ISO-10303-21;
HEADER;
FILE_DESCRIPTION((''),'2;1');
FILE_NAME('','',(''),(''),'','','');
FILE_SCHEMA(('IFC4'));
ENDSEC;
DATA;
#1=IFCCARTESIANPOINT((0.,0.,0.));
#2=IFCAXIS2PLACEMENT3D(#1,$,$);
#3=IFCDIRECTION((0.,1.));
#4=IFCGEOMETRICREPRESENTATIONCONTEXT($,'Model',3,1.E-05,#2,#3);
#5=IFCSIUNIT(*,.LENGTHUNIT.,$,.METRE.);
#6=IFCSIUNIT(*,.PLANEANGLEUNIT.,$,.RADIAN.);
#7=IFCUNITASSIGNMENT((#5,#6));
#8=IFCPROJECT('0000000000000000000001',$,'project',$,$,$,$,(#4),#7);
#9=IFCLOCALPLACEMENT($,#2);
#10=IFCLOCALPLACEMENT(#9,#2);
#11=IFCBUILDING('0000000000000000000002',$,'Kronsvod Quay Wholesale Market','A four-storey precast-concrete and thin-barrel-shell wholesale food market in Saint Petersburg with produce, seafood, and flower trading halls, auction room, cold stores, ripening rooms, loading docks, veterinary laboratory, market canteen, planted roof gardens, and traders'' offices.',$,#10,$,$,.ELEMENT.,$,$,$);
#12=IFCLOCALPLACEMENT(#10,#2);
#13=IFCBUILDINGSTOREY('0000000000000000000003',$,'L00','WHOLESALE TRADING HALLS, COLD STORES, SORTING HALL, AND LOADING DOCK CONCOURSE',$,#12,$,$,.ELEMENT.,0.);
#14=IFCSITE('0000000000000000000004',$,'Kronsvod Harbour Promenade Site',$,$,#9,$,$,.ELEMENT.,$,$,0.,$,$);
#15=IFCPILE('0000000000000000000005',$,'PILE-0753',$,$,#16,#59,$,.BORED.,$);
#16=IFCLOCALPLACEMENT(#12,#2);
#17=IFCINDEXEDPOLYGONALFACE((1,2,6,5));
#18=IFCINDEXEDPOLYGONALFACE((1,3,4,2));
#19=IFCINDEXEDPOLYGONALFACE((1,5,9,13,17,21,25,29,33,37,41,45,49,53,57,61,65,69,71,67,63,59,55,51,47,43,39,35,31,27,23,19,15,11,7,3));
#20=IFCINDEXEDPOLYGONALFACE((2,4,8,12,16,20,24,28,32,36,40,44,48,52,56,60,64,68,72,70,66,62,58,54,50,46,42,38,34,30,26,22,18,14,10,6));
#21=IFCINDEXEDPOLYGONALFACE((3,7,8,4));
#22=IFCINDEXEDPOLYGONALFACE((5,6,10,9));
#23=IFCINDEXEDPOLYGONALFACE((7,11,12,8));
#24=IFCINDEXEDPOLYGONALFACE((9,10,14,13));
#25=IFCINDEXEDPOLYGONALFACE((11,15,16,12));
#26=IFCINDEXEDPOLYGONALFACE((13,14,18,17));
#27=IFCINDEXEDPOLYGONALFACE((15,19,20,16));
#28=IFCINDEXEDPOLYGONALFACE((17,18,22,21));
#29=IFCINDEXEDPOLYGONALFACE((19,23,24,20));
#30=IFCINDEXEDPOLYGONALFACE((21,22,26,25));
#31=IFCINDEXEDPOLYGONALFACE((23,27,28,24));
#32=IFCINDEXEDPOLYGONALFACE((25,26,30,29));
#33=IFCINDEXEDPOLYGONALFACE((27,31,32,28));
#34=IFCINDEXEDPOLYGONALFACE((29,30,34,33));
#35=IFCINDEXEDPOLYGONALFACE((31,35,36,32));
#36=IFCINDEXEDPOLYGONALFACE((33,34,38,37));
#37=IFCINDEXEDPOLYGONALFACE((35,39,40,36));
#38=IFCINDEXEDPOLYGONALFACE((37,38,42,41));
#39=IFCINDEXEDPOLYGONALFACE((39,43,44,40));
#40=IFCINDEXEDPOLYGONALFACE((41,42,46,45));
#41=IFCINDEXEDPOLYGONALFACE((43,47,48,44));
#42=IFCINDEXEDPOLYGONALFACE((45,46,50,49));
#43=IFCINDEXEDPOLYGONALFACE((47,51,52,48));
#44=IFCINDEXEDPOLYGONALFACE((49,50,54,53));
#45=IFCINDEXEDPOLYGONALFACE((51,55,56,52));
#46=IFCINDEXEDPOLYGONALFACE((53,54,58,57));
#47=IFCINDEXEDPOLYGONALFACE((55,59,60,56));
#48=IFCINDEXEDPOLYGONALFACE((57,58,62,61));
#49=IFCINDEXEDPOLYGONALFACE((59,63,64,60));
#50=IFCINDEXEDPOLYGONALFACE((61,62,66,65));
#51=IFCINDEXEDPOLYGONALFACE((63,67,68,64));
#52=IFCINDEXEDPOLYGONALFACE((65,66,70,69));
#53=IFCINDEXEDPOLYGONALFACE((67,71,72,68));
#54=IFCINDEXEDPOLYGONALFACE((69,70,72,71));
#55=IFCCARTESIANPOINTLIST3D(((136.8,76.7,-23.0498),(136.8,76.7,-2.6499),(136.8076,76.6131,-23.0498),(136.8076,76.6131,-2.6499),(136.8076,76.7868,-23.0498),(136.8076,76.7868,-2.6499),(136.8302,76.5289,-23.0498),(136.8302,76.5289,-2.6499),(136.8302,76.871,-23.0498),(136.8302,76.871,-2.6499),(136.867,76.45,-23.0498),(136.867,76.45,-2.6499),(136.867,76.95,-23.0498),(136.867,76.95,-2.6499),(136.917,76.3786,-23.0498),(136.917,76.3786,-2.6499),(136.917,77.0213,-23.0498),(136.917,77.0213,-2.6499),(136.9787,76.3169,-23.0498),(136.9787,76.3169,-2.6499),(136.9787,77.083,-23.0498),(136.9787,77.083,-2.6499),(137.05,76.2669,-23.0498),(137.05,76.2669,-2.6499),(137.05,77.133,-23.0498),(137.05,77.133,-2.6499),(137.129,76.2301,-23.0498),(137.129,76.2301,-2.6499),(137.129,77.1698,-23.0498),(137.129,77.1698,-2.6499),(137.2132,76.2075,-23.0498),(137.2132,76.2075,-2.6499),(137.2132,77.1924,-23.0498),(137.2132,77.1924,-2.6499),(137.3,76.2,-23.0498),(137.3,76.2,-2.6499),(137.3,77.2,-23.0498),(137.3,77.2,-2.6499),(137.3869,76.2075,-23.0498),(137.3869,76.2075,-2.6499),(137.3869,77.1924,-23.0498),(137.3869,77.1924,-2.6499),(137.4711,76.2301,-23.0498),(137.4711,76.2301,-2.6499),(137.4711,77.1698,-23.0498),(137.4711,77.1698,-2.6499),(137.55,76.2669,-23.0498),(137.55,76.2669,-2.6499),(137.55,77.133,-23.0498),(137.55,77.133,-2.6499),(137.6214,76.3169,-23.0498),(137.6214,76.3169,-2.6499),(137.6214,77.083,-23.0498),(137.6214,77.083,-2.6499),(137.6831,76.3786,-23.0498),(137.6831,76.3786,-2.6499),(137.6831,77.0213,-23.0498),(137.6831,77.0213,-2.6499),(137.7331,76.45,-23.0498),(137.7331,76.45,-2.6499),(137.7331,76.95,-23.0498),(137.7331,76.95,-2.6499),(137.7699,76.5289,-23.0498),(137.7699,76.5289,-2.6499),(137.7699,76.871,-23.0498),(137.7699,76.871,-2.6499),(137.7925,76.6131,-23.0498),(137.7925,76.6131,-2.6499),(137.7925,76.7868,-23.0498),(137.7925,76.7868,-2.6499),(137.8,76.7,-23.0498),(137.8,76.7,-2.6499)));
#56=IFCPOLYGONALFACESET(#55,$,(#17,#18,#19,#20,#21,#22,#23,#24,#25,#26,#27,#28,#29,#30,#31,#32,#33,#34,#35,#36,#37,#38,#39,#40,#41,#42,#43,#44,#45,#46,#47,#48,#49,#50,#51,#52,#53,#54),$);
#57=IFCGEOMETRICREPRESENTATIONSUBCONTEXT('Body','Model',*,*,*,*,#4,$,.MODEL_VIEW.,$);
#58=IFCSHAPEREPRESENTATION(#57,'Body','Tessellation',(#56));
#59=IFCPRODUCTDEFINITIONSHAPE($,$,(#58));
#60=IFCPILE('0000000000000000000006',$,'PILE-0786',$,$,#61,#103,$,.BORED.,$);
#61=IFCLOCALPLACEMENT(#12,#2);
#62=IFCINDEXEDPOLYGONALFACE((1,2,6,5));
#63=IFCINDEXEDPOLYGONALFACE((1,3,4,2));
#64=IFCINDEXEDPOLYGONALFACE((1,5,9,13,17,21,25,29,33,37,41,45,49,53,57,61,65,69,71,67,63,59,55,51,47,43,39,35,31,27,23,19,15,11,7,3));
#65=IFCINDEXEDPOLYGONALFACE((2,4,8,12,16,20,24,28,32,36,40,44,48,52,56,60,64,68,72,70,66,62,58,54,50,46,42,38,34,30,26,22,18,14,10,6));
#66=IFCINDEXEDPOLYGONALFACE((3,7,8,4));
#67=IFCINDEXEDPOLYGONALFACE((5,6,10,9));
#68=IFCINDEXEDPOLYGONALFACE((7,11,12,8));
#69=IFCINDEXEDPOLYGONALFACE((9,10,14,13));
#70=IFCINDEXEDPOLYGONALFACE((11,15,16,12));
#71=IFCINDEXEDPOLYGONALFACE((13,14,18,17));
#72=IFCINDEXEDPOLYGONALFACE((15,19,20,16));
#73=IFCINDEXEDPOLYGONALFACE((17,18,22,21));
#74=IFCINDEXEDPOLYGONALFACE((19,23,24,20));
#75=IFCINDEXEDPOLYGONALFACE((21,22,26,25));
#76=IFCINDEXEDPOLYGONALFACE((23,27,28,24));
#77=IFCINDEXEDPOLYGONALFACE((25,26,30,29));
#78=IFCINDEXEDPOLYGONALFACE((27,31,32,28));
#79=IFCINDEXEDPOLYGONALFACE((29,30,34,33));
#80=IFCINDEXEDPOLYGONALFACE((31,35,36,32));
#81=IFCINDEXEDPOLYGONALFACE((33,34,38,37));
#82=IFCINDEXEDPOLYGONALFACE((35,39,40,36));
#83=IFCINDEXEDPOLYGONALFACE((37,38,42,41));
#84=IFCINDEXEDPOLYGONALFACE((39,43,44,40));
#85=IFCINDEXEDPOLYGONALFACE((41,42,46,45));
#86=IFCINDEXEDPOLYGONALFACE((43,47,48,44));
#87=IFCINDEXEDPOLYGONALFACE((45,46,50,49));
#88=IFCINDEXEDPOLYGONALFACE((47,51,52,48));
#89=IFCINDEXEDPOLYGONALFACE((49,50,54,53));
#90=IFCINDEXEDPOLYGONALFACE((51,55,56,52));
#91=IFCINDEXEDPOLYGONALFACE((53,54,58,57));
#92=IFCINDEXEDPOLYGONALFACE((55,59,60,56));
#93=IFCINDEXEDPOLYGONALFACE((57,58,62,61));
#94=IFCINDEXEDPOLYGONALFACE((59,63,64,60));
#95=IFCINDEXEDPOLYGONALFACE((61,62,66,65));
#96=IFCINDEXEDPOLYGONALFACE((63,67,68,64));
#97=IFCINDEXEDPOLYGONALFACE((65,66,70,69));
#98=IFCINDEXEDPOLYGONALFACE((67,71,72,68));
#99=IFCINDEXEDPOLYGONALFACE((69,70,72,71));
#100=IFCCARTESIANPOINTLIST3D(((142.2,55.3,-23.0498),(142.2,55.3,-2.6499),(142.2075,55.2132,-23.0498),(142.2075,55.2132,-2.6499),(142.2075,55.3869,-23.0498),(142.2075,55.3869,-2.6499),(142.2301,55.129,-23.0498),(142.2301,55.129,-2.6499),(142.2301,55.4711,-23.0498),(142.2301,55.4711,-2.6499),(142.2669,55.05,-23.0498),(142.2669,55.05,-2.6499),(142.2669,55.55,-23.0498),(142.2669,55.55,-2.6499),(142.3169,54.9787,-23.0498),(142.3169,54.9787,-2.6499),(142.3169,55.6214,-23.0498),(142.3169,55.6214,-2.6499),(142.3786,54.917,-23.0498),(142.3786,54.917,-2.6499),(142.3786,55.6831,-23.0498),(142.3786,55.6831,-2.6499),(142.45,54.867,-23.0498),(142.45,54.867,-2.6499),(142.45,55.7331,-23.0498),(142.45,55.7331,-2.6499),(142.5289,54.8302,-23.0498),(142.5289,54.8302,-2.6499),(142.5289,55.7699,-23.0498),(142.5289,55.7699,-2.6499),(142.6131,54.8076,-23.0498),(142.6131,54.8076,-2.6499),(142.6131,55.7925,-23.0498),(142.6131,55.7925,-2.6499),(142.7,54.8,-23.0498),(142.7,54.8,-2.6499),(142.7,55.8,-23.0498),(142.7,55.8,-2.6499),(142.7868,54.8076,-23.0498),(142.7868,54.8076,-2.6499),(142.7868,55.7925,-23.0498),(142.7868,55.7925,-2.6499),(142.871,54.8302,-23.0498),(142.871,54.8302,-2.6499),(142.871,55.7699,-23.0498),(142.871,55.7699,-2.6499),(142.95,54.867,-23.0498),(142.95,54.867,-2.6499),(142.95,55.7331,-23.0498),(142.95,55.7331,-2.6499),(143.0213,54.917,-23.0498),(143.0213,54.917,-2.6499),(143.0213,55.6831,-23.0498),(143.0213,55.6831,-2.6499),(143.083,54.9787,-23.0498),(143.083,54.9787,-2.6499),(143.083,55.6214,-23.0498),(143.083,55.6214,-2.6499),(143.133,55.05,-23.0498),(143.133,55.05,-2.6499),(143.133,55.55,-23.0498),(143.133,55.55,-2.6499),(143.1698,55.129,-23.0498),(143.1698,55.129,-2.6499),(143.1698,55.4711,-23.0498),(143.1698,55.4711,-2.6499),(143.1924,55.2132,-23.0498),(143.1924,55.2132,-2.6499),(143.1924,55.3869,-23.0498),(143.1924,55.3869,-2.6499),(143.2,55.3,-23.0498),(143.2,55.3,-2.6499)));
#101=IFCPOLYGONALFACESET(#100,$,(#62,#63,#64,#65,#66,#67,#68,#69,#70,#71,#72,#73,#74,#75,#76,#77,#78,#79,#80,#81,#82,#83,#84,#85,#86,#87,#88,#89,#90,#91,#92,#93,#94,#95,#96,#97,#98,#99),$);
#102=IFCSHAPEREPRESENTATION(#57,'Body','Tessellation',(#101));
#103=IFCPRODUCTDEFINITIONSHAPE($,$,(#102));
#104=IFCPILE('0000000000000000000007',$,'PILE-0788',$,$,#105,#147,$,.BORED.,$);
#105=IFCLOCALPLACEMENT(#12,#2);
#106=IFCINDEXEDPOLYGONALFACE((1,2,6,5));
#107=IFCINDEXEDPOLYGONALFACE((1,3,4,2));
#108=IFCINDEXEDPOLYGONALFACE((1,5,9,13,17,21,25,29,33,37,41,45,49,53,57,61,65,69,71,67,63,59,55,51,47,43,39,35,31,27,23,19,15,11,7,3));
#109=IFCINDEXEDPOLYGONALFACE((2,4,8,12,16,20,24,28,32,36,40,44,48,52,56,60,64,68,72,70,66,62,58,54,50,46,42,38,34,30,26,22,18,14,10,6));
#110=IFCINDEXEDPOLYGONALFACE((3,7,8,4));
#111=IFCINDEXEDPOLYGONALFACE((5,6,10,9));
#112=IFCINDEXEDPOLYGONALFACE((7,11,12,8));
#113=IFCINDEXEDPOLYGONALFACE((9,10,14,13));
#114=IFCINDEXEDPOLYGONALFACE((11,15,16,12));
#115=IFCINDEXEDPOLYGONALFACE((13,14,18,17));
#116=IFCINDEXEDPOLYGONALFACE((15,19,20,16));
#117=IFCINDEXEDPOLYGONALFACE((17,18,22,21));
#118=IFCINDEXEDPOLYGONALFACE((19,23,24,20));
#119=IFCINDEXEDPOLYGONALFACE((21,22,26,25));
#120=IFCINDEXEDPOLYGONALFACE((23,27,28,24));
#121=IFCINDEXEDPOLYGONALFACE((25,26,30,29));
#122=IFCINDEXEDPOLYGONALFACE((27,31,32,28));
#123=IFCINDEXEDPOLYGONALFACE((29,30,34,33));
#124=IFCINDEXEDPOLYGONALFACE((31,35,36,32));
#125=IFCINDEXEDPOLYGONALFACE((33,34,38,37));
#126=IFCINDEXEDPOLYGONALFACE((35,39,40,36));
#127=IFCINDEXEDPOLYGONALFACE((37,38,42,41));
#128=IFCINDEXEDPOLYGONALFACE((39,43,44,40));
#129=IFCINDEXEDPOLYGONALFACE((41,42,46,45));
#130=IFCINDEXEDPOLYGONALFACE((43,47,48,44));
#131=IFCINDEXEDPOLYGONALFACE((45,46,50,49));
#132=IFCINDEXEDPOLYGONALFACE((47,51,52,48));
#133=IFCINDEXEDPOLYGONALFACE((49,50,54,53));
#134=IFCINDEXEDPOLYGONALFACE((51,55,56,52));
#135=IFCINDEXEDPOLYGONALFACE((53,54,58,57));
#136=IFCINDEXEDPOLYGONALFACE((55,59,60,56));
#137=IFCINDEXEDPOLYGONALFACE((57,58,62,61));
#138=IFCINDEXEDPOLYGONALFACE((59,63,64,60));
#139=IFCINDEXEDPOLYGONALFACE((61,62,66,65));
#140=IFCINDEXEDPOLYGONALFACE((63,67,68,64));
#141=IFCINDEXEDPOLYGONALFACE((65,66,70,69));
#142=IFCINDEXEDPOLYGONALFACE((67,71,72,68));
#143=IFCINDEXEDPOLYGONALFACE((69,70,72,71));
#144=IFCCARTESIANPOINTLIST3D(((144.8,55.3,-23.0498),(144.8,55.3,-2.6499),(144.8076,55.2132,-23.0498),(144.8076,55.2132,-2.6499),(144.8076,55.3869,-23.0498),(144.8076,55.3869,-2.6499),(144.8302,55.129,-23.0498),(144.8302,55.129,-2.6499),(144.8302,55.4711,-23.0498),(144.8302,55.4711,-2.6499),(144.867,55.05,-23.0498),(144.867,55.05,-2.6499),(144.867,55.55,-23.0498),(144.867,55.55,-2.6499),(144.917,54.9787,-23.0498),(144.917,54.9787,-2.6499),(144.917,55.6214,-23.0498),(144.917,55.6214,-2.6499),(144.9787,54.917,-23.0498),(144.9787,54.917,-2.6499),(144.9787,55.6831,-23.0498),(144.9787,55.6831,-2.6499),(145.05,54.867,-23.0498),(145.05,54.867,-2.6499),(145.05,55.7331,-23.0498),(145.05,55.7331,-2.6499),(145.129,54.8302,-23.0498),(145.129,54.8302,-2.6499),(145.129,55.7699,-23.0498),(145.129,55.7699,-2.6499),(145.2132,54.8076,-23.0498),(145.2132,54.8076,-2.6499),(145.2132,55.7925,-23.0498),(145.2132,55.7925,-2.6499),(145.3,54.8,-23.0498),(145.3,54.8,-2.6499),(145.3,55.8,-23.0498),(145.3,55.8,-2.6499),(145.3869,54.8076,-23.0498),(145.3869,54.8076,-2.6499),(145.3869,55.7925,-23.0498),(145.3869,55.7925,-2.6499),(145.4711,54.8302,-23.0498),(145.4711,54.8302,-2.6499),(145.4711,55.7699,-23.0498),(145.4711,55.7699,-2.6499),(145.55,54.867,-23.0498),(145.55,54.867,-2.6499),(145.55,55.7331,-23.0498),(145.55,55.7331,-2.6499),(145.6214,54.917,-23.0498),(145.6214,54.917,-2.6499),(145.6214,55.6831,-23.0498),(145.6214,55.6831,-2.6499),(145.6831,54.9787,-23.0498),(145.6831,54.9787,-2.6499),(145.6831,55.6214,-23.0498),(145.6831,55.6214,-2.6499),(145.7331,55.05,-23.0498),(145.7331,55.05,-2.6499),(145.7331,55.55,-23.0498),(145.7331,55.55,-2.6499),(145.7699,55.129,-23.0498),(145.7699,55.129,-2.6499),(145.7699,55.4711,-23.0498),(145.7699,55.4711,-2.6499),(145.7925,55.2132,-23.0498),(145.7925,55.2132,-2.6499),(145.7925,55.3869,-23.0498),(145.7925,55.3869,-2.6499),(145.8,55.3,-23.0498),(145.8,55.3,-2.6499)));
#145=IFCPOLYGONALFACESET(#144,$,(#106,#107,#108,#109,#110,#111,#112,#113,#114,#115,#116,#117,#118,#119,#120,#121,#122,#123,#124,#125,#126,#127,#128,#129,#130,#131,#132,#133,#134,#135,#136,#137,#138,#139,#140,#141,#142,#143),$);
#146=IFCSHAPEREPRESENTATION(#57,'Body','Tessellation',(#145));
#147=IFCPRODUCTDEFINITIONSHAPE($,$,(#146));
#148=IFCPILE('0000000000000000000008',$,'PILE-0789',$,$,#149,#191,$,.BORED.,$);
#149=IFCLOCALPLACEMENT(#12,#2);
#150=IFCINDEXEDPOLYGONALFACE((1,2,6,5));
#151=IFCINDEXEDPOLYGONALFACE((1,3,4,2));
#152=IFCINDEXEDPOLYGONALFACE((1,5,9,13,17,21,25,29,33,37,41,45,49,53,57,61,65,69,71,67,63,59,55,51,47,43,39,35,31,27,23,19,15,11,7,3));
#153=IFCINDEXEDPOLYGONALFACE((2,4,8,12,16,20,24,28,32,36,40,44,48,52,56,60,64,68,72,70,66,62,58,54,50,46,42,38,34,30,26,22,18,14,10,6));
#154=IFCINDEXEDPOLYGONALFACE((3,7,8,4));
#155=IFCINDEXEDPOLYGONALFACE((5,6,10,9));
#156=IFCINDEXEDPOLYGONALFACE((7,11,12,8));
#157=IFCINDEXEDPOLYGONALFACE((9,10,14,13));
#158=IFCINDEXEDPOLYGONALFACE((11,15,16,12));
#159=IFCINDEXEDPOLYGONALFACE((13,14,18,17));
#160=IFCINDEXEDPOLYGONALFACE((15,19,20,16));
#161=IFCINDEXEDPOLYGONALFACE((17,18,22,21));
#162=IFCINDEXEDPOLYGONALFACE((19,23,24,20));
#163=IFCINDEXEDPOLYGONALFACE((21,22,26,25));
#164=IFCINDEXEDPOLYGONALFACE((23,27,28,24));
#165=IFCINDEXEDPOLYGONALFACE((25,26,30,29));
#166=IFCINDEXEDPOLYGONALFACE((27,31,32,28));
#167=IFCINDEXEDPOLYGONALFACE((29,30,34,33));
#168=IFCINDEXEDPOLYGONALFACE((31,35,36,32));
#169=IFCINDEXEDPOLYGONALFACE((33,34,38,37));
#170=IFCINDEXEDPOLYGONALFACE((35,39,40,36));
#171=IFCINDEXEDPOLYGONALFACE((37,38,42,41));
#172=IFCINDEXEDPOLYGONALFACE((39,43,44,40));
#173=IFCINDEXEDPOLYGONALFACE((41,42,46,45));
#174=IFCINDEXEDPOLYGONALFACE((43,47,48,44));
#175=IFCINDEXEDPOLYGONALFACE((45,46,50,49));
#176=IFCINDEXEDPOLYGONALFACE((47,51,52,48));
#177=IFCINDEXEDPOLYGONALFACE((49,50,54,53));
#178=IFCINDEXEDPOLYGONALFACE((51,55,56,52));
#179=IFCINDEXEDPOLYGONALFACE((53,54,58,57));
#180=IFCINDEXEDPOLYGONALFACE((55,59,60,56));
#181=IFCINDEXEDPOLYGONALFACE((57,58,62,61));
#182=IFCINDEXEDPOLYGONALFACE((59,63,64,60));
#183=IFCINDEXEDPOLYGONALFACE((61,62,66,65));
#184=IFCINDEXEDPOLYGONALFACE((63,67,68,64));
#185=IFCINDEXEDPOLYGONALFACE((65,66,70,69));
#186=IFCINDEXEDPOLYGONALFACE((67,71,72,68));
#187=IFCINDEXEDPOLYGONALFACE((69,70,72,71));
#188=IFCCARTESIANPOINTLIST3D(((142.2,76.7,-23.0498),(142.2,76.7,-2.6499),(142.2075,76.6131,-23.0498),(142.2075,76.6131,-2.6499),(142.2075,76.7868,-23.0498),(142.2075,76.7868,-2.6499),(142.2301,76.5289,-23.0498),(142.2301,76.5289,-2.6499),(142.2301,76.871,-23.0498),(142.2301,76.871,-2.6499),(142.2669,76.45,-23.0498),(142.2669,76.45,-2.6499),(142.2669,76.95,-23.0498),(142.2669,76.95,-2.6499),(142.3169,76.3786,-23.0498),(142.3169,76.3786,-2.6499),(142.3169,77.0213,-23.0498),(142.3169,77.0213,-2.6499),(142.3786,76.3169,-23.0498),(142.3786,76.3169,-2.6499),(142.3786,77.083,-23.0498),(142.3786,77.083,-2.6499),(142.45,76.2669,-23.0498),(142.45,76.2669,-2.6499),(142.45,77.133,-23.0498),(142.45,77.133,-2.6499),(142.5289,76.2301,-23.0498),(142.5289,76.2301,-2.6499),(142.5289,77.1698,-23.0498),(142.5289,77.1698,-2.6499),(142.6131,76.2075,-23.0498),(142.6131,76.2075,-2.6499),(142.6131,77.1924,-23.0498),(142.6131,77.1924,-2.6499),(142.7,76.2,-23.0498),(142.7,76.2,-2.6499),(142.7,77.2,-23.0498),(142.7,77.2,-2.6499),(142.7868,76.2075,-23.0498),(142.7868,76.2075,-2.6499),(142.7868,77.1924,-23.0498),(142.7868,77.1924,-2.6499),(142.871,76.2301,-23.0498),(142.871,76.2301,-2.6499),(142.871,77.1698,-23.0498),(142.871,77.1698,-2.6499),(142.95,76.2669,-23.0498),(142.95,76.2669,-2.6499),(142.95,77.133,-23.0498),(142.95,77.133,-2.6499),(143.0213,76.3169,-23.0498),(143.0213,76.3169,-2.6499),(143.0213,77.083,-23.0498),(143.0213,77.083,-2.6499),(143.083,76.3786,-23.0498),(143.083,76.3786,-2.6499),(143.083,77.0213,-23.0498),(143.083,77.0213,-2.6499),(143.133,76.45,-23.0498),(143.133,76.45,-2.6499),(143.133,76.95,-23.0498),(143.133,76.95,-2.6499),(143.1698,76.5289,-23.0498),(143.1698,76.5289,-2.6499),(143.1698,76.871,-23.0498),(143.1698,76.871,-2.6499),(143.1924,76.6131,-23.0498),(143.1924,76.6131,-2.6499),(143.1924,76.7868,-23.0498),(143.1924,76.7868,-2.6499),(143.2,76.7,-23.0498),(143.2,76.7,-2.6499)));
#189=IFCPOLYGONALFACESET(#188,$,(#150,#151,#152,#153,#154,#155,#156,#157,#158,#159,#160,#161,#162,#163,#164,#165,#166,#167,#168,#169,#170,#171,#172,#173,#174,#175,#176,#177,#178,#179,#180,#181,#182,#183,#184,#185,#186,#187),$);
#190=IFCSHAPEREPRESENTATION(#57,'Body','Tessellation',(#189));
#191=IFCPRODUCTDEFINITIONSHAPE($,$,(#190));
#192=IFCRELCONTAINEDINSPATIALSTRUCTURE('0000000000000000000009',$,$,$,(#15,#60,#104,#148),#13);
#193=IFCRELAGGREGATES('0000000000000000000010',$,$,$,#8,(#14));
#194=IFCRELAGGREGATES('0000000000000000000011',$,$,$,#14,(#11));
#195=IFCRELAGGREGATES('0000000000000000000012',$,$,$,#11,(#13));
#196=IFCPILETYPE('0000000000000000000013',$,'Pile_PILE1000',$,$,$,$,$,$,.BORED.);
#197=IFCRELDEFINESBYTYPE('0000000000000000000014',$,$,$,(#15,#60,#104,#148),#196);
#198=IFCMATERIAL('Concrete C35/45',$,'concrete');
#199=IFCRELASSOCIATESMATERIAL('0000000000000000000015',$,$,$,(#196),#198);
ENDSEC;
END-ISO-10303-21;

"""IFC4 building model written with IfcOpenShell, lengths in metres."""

from ifc_helpers import new_model, si_unit, direction, frame, origin, origin_2d, place, context, subcontext, project, spatial, circle, extrude, material, material_profile, profile_set, type_object, element, save


model = new_model("IFC4")

# Units and contexts
model_context = context("Model", 3, precision=1e-05, world=origin(), true_north=direction((0.0, 1.0)))
body_context = subcontext(model_context, "Body", "Model", "MODEL_VIEW")
ifc_project = project(units=[si_unit("LENGTHUNIT", "METRE"), si_unit("PLANEANGLEUNIT", "RADIAN")], contexts=[model_context])

# Site, building, storey
site_placement = place(None, origin())
site = spatial("IfcSite", under=ifc_project, at=site_placement, Name="Kronsvod Harbour Promenade Site", CompositionType="ELEMENT", RefElevation=0.0)
building_placement = place(site_placement, origin())
building = spatial("IfcBuilding", under=site, at=building_placement, Name="Kronsvod Quay Wholesale Market", Description="A four-storey precast-concrete and thin-barrel-shell wholesale food market in Saint Petersburg with produce, seafood, and flower trading halls, auction room, cold stores, ripening rooms, loading docks, veterinary laboratory, market canteen, planted roof gardens, and traders' offices.", CompositionType="ELEMENT")
storey_placement = place(building_placement, origin())
storey = spatial("IfcBuildingStorey", under=building, at=storey_placement, Name="L00", Description="WHOLESALE TRADING HALLS, COLD STORES, SORTING HALL, AND LOADING DOCK CONCOURSE", CompositionType="ELEMENT", Elevation=0.0)

# Piles
ifc_material_1 = material(Name="Concrete C35/45", Category="concrete")
ifc_material_profile_1 = material_profile(ifc_material_1, circle(Radius=0.5, at=origin_2d()), Name="PILE1000")
ifc_profile_set_1 = profile_set([ifc_material_profile_1], Name="Concrete C35/45")
pile_type_1 = type_object("IfcPileType", Name="Pile_PILE1000", PredefinedType="BORED", material=ifc_profile_set_1)
for number, where, z_axis, x_axis, name in (
    (1, (137.3, 76.7, -2.6499), (0.0, 0.0, -1.0), (1.0, 0.0, 0.0), "PILE-0753"),
    (2, (142.7, 55.3, -2.6499), (0.0, 0.0, -1.0), (1.0, 0.0, 0.0), "PILE-0786"),
    (3, (145.3, 55.3, -2.6499), (0.0, 0.0, -1.0), (1.0, 0.0, 0.0), "PILE-0788"),
    (4, (142.7, 76.7, -2.6499), (0.0, 0.0, -1.0), (1.0, 0.0, 0.0), "PILE-0789"),
):
    element("IfcPile", number, at=place(storey_placement, frame(where, z_axis=z_axis, x_axis=x_axis)), inside=storey, type_object=pile_type_1, Name=name, PredefinedType="BORED", context=body_context, shape_type="SweptSolid", body=[
        extrude(circle(Radius=0.5, at=origin_2d()), origin(), (0.0, 0.0, 1.0), 20.3999),
    ])

save(model, "model.ifc")
